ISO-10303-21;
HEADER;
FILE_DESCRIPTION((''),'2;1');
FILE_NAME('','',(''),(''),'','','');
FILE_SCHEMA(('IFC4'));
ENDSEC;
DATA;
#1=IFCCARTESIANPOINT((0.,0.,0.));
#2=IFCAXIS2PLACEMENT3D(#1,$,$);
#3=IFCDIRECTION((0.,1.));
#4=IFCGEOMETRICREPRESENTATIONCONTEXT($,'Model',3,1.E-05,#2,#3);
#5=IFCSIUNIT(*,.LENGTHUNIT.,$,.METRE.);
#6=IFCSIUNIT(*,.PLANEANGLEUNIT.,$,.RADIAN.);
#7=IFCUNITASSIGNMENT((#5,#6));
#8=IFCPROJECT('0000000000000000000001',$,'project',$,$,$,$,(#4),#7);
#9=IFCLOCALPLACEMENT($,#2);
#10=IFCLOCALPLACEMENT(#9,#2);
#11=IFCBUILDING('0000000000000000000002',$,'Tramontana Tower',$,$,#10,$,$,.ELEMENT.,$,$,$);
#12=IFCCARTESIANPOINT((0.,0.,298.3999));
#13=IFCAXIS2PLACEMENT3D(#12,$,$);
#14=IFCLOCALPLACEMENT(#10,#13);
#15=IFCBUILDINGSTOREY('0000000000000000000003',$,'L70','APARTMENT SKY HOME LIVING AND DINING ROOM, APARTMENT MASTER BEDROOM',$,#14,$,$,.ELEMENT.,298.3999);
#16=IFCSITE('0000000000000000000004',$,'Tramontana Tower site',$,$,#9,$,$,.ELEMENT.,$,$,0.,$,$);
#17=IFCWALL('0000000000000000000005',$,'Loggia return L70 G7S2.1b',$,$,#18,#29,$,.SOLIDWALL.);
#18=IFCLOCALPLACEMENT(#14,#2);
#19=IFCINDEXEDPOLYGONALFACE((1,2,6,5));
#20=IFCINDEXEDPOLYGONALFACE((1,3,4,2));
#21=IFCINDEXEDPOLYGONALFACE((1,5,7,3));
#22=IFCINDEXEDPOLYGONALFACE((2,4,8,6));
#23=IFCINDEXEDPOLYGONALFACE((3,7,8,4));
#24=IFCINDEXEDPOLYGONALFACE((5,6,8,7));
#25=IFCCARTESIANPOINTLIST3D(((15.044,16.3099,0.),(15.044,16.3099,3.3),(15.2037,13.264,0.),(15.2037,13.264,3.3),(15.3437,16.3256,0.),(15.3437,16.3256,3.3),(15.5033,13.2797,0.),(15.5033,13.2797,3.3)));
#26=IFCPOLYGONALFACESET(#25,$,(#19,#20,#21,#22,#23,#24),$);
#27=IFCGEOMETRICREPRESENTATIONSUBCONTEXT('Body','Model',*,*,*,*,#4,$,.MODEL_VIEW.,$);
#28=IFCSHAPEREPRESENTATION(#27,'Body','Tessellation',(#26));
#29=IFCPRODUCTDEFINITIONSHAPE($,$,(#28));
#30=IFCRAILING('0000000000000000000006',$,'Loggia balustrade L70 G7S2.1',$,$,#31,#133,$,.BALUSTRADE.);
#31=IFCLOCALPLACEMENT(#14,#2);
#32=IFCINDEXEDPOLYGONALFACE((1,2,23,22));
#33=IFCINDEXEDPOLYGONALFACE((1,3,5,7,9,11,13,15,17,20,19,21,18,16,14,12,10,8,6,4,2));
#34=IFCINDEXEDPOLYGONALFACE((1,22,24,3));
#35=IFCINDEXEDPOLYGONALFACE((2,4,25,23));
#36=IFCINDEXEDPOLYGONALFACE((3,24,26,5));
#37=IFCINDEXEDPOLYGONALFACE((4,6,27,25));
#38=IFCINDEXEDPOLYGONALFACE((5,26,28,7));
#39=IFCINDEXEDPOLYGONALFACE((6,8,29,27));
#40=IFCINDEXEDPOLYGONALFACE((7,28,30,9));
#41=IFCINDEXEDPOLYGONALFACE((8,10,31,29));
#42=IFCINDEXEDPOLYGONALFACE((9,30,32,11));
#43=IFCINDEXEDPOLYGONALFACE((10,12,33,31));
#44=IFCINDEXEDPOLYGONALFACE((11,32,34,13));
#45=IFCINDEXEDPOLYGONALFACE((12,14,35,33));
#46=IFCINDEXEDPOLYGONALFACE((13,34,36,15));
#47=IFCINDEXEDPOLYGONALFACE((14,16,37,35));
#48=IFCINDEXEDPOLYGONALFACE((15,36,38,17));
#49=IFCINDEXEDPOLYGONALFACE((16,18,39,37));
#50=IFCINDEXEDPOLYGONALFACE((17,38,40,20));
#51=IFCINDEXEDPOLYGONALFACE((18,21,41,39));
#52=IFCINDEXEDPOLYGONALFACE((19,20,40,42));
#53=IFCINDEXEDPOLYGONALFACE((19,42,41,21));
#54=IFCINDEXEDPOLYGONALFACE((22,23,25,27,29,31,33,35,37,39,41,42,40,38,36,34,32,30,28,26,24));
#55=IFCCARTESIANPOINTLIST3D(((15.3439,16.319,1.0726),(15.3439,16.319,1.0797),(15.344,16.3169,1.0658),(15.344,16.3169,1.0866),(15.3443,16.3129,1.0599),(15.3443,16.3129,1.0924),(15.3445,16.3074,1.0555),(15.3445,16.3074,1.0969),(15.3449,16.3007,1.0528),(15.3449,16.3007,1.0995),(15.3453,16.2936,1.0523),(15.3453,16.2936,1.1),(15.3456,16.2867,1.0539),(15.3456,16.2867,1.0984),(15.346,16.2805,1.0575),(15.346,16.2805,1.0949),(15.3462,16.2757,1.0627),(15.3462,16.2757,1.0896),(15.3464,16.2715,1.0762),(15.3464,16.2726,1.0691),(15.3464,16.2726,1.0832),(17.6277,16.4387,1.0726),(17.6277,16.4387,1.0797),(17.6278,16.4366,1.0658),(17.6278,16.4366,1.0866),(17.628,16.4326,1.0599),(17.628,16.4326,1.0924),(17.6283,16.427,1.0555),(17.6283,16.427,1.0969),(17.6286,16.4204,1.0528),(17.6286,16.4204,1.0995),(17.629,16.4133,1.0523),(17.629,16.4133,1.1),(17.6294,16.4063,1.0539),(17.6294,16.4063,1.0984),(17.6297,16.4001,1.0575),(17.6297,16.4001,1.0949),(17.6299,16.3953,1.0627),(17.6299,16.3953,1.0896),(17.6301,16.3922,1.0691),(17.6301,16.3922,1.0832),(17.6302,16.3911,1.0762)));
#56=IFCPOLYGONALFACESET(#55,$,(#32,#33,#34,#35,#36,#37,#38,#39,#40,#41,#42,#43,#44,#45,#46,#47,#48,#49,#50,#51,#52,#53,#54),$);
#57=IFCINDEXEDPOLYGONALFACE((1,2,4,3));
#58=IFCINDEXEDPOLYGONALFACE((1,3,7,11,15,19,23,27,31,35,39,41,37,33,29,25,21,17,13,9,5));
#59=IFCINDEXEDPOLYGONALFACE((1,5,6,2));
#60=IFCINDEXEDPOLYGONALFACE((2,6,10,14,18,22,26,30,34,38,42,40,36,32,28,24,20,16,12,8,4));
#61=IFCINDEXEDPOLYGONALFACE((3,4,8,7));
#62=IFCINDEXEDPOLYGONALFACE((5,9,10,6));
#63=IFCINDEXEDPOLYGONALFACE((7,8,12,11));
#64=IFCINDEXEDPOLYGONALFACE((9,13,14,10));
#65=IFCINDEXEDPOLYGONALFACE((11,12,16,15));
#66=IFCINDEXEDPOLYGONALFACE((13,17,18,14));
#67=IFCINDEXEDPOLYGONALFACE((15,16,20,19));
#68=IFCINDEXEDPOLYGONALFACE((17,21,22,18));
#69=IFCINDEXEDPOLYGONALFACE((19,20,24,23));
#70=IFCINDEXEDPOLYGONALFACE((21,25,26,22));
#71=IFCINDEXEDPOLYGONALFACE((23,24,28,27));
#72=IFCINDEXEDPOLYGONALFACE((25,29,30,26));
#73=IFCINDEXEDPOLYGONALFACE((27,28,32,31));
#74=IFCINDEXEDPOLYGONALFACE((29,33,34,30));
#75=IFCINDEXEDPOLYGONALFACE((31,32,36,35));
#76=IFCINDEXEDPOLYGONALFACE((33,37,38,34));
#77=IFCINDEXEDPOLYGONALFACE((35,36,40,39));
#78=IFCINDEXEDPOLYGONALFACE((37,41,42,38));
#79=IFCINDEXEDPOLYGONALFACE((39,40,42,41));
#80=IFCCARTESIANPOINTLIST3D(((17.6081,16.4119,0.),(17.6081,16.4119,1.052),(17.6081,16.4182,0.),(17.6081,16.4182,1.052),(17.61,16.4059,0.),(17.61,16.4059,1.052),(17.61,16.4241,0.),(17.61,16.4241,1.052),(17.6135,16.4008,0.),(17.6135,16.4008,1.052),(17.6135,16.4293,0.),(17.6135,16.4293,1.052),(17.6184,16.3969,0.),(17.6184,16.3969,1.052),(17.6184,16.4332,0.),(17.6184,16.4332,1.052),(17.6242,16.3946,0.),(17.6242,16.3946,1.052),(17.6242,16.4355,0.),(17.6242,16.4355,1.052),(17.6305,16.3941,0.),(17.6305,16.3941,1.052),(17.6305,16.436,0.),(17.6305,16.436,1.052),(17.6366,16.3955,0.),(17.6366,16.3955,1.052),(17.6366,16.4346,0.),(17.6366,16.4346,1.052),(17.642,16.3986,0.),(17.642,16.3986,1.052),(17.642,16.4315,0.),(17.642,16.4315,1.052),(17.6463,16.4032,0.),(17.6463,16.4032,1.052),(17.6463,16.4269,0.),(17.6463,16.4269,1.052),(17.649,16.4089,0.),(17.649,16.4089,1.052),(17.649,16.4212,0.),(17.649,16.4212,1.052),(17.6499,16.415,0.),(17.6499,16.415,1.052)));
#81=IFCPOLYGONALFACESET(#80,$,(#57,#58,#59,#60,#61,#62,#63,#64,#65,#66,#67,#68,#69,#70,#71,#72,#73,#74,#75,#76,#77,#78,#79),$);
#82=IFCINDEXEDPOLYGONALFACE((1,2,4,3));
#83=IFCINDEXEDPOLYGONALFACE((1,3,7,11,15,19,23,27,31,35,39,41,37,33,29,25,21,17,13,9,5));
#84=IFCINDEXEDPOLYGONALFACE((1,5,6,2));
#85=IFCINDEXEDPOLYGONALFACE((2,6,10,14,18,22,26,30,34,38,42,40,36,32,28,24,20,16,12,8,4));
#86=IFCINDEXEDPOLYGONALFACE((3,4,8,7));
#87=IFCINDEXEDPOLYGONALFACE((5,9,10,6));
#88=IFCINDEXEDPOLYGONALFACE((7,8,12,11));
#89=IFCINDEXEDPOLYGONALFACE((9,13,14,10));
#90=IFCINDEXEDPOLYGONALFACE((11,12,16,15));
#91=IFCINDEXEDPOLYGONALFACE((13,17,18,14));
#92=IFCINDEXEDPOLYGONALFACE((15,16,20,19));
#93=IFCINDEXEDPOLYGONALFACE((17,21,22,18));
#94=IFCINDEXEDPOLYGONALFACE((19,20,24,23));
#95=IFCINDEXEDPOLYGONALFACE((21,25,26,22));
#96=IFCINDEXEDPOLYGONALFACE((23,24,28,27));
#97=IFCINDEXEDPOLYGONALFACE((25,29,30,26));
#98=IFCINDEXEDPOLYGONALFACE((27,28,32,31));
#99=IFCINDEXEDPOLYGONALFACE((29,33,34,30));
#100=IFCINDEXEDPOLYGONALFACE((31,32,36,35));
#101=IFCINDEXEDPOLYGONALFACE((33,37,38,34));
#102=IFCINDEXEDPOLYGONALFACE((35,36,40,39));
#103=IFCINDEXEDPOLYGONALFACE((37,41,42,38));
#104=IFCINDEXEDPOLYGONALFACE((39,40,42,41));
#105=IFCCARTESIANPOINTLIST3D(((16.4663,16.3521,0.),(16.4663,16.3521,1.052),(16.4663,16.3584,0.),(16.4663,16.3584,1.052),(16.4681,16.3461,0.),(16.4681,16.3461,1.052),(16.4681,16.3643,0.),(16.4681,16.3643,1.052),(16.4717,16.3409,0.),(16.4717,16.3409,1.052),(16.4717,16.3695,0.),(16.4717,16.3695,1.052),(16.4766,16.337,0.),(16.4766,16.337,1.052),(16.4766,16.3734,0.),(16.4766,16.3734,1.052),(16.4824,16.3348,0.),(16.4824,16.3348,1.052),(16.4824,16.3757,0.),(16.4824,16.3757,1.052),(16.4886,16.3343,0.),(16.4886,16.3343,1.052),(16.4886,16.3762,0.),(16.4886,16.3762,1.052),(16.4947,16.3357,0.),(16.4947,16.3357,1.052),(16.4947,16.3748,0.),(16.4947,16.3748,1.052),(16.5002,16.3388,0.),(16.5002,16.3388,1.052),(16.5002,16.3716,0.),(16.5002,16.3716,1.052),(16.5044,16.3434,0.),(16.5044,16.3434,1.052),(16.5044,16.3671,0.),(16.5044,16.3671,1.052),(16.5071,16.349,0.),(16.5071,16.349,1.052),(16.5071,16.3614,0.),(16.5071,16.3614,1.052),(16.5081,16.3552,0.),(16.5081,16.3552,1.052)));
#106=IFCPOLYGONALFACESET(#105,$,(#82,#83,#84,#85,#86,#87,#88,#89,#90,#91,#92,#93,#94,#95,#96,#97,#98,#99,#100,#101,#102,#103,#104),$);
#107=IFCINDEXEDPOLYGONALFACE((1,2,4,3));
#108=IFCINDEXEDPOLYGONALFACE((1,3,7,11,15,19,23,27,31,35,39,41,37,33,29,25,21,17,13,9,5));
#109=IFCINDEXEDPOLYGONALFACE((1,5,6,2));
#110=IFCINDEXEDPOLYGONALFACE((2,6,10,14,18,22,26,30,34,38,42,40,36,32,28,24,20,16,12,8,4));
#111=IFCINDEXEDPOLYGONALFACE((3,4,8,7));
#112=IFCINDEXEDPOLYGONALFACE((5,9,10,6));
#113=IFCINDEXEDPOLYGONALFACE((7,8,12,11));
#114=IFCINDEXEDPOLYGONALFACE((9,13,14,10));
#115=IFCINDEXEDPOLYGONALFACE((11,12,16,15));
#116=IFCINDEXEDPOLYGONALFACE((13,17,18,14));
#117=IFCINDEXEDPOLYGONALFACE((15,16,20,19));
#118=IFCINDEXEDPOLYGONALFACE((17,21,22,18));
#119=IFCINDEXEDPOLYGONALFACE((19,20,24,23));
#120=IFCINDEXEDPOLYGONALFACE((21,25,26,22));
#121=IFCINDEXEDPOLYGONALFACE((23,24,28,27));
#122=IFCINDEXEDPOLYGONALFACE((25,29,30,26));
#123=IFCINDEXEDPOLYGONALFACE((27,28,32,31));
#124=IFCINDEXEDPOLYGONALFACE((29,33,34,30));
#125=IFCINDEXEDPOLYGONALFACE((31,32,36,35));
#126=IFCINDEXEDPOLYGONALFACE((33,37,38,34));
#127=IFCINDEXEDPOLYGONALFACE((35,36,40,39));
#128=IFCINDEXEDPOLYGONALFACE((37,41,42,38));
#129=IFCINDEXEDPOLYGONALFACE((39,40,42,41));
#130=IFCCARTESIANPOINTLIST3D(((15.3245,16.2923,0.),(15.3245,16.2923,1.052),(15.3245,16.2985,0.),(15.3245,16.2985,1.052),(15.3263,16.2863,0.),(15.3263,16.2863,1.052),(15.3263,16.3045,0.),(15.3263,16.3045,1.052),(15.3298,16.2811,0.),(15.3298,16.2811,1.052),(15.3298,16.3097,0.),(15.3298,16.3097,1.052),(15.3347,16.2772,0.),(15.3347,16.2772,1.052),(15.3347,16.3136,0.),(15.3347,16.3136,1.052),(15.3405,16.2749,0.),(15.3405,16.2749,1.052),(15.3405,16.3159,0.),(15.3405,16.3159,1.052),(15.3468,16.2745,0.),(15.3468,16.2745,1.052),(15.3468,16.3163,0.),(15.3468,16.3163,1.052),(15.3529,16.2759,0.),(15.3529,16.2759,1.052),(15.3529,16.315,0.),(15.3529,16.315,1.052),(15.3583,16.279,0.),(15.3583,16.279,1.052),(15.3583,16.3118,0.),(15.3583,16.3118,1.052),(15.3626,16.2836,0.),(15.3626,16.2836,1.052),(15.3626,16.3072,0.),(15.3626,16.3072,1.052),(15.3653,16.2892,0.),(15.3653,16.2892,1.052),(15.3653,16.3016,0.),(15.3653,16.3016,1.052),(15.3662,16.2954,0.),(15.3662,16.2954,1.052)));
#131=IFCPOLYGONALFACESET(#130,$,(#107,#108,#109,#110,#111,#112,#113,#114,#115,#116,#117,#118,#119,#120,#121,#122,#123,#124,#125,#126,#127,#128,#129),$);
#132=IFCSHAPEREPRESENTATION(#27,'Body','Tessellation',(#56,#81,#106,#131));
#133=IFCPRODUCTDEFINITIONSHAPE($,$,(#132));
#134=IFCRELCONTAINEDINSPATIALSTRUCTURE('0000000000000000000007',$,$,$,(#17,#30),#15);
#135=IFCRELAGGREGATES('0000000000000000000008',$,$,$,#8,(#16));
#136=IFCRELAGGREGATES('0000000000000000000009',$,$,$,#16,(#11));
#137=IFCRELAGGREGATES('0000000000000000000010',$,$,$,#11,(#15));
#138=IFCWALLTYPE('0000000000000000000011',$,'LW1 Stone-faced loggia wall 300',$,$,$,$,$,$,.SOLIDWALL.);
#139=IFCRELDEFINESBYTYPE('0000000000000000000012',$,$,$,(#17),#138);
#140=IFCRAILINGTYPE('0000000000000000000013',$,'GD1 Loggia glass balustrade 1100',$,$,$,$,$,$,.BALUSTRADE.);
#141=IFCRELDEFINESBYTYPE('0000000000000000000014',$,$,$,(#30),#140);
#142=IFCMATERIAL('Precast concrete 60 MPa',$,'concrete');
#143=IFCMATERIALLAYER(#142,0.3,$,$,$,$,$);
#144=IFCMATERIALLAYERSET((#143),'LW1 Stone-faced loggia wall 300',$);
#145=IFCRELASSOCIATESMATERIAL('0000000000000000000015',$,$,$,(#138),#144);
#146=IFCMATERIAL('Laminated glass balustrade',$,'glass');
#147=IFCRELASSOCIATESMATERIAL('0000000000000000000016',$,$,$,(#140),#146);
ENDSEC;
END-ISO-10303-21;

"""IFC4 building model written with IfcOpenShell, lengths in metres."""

from ifc_helpers import new_model, si_unit, direction, frame, frame_2d, origin, origin_2d, place, context, subcontext, project, spatial, rectangle, circle, extrude, material, layer, layer_set, type_object, element, save


model = new_model("IFC4")

# Units and contexts
model_context = context("Model", 3, precision=1e-05, world=origin(), true_north=direction((0.0, 1.0)))
body_context = subcontext(model_context, "Body", "Model", "MODEL_VIEW")
ifc_project = project(units=[si_unit("LENGTHUNIT", "METRE"), si_unit("PLANEANGLEUNIT", "RADIAN")], contexts=[model_context])

# Site, building, storey
site_placement = place(None, origin())
site = spatial("IfcSite", under=ifc_project, at=site_placement, Name="Tramontana Tower site", CompositionType="ELEMENT", RefElevation=0.0)
building_placement = place(site_placement, origin())
building = spatial("IfcBuilding", under=site, at=building_placement, Name="Tramontana Tower", CompositionType="ELEMENT")
storey_placement = place(building_placement, frame((0.0, 0.0, 298.3999)))
storey = spatial("IfcBuildingStorey", under=building, at=storey_placement, Name="L70", Description="APARTMENT SKY HOME LIVING AND DINING ROOM, APARTMENT MASTER BEDROOM", CompositionType="ELEMENT", Elevation=298.3999)

# Shared definitions
ifc_material_1 = material(Name="Precast concrete 60 MPa", Category="concrete")
ifc_layer_1 = layer(ifc_material_1, 0.3)
ifc_layer_set_1 = layer_set([ifc_layer_1], Name="LW1 Stone-faced loggia wall 300")
wall_type_1 = type_object("IfcWallType", Name="LW1 Stone-faced loggia wall 300", PredefinedType="SOLIDWALL", material=ifc_layer_set_1)

# Wall
wall_1_placement = place(storey_placement, frame((15.1938, 16.3176, 0.0), z_axis=(0.0, 0.0, 1.0), x_axis=(0.052349, -0.998629, 0.0)))
element("IfcWall", 1, at=wall_1_placement, inside=storey, type_object=wall_type_1, Name="Loggia return L70 G7S2.1b", PredefinedType="SOLIDWALL", context=body_context, shape_type="SweptSolid", body=[
    extrude(rectangle(XDim=3.05, YDim=0.3, at=frame_2d((1.5249, 0.0))), origin(), (0.0, 0.0, 1.0), 3.3),
])

# Railing
ifc_material_2 = material(Name="Laminated glass balustrade", Category="glass")
railing_type = type_object("IfcRailingType", Name="GD1 Loggia glass balustrade 1100", PredefinedType="BALUSTRADE", material=ifc_material_2)
railing_1_placement = place(storey_placement, frame((17.6289, 16.415, 0.0)))
element("IfcRailing", 2, at=railing_1_placement, inside=storey, type_object=railing_type, Name="Loggia balustrade L70 G7S2.1", PredefinedType="BALUSTRADE", context=body_context, shape_type="SweptSolid", body=[
    extrude(circle(Radius=0.0239, at=origin_2d()), frame((0.0, 0.0, 1.0762), z_axis=(-0.998631, -0.052312, 0.0), x_axis=(0.052312, -0.998631, 0.0)), (0.0, 0.0, 1.0), 2.2869),
    extrude(circle(Radius=0.021, at=origin_2d()), origin(), (0.0, 0.0, 1.0), 1.052),
    extrude(circle(Radius=0.021, at=origin_2d()), frame((-1.1418, -0.0598, 0.0)), (0.0, 0.0, 1.0), 1.052),
    extrude(circle(Radius=0.021, at=origin_2d()), frame((-2.2837, -0.1196, 0.0)), (0.0, 0.0, 1.0), 1.052),
])

save(model, "model.ifc")
